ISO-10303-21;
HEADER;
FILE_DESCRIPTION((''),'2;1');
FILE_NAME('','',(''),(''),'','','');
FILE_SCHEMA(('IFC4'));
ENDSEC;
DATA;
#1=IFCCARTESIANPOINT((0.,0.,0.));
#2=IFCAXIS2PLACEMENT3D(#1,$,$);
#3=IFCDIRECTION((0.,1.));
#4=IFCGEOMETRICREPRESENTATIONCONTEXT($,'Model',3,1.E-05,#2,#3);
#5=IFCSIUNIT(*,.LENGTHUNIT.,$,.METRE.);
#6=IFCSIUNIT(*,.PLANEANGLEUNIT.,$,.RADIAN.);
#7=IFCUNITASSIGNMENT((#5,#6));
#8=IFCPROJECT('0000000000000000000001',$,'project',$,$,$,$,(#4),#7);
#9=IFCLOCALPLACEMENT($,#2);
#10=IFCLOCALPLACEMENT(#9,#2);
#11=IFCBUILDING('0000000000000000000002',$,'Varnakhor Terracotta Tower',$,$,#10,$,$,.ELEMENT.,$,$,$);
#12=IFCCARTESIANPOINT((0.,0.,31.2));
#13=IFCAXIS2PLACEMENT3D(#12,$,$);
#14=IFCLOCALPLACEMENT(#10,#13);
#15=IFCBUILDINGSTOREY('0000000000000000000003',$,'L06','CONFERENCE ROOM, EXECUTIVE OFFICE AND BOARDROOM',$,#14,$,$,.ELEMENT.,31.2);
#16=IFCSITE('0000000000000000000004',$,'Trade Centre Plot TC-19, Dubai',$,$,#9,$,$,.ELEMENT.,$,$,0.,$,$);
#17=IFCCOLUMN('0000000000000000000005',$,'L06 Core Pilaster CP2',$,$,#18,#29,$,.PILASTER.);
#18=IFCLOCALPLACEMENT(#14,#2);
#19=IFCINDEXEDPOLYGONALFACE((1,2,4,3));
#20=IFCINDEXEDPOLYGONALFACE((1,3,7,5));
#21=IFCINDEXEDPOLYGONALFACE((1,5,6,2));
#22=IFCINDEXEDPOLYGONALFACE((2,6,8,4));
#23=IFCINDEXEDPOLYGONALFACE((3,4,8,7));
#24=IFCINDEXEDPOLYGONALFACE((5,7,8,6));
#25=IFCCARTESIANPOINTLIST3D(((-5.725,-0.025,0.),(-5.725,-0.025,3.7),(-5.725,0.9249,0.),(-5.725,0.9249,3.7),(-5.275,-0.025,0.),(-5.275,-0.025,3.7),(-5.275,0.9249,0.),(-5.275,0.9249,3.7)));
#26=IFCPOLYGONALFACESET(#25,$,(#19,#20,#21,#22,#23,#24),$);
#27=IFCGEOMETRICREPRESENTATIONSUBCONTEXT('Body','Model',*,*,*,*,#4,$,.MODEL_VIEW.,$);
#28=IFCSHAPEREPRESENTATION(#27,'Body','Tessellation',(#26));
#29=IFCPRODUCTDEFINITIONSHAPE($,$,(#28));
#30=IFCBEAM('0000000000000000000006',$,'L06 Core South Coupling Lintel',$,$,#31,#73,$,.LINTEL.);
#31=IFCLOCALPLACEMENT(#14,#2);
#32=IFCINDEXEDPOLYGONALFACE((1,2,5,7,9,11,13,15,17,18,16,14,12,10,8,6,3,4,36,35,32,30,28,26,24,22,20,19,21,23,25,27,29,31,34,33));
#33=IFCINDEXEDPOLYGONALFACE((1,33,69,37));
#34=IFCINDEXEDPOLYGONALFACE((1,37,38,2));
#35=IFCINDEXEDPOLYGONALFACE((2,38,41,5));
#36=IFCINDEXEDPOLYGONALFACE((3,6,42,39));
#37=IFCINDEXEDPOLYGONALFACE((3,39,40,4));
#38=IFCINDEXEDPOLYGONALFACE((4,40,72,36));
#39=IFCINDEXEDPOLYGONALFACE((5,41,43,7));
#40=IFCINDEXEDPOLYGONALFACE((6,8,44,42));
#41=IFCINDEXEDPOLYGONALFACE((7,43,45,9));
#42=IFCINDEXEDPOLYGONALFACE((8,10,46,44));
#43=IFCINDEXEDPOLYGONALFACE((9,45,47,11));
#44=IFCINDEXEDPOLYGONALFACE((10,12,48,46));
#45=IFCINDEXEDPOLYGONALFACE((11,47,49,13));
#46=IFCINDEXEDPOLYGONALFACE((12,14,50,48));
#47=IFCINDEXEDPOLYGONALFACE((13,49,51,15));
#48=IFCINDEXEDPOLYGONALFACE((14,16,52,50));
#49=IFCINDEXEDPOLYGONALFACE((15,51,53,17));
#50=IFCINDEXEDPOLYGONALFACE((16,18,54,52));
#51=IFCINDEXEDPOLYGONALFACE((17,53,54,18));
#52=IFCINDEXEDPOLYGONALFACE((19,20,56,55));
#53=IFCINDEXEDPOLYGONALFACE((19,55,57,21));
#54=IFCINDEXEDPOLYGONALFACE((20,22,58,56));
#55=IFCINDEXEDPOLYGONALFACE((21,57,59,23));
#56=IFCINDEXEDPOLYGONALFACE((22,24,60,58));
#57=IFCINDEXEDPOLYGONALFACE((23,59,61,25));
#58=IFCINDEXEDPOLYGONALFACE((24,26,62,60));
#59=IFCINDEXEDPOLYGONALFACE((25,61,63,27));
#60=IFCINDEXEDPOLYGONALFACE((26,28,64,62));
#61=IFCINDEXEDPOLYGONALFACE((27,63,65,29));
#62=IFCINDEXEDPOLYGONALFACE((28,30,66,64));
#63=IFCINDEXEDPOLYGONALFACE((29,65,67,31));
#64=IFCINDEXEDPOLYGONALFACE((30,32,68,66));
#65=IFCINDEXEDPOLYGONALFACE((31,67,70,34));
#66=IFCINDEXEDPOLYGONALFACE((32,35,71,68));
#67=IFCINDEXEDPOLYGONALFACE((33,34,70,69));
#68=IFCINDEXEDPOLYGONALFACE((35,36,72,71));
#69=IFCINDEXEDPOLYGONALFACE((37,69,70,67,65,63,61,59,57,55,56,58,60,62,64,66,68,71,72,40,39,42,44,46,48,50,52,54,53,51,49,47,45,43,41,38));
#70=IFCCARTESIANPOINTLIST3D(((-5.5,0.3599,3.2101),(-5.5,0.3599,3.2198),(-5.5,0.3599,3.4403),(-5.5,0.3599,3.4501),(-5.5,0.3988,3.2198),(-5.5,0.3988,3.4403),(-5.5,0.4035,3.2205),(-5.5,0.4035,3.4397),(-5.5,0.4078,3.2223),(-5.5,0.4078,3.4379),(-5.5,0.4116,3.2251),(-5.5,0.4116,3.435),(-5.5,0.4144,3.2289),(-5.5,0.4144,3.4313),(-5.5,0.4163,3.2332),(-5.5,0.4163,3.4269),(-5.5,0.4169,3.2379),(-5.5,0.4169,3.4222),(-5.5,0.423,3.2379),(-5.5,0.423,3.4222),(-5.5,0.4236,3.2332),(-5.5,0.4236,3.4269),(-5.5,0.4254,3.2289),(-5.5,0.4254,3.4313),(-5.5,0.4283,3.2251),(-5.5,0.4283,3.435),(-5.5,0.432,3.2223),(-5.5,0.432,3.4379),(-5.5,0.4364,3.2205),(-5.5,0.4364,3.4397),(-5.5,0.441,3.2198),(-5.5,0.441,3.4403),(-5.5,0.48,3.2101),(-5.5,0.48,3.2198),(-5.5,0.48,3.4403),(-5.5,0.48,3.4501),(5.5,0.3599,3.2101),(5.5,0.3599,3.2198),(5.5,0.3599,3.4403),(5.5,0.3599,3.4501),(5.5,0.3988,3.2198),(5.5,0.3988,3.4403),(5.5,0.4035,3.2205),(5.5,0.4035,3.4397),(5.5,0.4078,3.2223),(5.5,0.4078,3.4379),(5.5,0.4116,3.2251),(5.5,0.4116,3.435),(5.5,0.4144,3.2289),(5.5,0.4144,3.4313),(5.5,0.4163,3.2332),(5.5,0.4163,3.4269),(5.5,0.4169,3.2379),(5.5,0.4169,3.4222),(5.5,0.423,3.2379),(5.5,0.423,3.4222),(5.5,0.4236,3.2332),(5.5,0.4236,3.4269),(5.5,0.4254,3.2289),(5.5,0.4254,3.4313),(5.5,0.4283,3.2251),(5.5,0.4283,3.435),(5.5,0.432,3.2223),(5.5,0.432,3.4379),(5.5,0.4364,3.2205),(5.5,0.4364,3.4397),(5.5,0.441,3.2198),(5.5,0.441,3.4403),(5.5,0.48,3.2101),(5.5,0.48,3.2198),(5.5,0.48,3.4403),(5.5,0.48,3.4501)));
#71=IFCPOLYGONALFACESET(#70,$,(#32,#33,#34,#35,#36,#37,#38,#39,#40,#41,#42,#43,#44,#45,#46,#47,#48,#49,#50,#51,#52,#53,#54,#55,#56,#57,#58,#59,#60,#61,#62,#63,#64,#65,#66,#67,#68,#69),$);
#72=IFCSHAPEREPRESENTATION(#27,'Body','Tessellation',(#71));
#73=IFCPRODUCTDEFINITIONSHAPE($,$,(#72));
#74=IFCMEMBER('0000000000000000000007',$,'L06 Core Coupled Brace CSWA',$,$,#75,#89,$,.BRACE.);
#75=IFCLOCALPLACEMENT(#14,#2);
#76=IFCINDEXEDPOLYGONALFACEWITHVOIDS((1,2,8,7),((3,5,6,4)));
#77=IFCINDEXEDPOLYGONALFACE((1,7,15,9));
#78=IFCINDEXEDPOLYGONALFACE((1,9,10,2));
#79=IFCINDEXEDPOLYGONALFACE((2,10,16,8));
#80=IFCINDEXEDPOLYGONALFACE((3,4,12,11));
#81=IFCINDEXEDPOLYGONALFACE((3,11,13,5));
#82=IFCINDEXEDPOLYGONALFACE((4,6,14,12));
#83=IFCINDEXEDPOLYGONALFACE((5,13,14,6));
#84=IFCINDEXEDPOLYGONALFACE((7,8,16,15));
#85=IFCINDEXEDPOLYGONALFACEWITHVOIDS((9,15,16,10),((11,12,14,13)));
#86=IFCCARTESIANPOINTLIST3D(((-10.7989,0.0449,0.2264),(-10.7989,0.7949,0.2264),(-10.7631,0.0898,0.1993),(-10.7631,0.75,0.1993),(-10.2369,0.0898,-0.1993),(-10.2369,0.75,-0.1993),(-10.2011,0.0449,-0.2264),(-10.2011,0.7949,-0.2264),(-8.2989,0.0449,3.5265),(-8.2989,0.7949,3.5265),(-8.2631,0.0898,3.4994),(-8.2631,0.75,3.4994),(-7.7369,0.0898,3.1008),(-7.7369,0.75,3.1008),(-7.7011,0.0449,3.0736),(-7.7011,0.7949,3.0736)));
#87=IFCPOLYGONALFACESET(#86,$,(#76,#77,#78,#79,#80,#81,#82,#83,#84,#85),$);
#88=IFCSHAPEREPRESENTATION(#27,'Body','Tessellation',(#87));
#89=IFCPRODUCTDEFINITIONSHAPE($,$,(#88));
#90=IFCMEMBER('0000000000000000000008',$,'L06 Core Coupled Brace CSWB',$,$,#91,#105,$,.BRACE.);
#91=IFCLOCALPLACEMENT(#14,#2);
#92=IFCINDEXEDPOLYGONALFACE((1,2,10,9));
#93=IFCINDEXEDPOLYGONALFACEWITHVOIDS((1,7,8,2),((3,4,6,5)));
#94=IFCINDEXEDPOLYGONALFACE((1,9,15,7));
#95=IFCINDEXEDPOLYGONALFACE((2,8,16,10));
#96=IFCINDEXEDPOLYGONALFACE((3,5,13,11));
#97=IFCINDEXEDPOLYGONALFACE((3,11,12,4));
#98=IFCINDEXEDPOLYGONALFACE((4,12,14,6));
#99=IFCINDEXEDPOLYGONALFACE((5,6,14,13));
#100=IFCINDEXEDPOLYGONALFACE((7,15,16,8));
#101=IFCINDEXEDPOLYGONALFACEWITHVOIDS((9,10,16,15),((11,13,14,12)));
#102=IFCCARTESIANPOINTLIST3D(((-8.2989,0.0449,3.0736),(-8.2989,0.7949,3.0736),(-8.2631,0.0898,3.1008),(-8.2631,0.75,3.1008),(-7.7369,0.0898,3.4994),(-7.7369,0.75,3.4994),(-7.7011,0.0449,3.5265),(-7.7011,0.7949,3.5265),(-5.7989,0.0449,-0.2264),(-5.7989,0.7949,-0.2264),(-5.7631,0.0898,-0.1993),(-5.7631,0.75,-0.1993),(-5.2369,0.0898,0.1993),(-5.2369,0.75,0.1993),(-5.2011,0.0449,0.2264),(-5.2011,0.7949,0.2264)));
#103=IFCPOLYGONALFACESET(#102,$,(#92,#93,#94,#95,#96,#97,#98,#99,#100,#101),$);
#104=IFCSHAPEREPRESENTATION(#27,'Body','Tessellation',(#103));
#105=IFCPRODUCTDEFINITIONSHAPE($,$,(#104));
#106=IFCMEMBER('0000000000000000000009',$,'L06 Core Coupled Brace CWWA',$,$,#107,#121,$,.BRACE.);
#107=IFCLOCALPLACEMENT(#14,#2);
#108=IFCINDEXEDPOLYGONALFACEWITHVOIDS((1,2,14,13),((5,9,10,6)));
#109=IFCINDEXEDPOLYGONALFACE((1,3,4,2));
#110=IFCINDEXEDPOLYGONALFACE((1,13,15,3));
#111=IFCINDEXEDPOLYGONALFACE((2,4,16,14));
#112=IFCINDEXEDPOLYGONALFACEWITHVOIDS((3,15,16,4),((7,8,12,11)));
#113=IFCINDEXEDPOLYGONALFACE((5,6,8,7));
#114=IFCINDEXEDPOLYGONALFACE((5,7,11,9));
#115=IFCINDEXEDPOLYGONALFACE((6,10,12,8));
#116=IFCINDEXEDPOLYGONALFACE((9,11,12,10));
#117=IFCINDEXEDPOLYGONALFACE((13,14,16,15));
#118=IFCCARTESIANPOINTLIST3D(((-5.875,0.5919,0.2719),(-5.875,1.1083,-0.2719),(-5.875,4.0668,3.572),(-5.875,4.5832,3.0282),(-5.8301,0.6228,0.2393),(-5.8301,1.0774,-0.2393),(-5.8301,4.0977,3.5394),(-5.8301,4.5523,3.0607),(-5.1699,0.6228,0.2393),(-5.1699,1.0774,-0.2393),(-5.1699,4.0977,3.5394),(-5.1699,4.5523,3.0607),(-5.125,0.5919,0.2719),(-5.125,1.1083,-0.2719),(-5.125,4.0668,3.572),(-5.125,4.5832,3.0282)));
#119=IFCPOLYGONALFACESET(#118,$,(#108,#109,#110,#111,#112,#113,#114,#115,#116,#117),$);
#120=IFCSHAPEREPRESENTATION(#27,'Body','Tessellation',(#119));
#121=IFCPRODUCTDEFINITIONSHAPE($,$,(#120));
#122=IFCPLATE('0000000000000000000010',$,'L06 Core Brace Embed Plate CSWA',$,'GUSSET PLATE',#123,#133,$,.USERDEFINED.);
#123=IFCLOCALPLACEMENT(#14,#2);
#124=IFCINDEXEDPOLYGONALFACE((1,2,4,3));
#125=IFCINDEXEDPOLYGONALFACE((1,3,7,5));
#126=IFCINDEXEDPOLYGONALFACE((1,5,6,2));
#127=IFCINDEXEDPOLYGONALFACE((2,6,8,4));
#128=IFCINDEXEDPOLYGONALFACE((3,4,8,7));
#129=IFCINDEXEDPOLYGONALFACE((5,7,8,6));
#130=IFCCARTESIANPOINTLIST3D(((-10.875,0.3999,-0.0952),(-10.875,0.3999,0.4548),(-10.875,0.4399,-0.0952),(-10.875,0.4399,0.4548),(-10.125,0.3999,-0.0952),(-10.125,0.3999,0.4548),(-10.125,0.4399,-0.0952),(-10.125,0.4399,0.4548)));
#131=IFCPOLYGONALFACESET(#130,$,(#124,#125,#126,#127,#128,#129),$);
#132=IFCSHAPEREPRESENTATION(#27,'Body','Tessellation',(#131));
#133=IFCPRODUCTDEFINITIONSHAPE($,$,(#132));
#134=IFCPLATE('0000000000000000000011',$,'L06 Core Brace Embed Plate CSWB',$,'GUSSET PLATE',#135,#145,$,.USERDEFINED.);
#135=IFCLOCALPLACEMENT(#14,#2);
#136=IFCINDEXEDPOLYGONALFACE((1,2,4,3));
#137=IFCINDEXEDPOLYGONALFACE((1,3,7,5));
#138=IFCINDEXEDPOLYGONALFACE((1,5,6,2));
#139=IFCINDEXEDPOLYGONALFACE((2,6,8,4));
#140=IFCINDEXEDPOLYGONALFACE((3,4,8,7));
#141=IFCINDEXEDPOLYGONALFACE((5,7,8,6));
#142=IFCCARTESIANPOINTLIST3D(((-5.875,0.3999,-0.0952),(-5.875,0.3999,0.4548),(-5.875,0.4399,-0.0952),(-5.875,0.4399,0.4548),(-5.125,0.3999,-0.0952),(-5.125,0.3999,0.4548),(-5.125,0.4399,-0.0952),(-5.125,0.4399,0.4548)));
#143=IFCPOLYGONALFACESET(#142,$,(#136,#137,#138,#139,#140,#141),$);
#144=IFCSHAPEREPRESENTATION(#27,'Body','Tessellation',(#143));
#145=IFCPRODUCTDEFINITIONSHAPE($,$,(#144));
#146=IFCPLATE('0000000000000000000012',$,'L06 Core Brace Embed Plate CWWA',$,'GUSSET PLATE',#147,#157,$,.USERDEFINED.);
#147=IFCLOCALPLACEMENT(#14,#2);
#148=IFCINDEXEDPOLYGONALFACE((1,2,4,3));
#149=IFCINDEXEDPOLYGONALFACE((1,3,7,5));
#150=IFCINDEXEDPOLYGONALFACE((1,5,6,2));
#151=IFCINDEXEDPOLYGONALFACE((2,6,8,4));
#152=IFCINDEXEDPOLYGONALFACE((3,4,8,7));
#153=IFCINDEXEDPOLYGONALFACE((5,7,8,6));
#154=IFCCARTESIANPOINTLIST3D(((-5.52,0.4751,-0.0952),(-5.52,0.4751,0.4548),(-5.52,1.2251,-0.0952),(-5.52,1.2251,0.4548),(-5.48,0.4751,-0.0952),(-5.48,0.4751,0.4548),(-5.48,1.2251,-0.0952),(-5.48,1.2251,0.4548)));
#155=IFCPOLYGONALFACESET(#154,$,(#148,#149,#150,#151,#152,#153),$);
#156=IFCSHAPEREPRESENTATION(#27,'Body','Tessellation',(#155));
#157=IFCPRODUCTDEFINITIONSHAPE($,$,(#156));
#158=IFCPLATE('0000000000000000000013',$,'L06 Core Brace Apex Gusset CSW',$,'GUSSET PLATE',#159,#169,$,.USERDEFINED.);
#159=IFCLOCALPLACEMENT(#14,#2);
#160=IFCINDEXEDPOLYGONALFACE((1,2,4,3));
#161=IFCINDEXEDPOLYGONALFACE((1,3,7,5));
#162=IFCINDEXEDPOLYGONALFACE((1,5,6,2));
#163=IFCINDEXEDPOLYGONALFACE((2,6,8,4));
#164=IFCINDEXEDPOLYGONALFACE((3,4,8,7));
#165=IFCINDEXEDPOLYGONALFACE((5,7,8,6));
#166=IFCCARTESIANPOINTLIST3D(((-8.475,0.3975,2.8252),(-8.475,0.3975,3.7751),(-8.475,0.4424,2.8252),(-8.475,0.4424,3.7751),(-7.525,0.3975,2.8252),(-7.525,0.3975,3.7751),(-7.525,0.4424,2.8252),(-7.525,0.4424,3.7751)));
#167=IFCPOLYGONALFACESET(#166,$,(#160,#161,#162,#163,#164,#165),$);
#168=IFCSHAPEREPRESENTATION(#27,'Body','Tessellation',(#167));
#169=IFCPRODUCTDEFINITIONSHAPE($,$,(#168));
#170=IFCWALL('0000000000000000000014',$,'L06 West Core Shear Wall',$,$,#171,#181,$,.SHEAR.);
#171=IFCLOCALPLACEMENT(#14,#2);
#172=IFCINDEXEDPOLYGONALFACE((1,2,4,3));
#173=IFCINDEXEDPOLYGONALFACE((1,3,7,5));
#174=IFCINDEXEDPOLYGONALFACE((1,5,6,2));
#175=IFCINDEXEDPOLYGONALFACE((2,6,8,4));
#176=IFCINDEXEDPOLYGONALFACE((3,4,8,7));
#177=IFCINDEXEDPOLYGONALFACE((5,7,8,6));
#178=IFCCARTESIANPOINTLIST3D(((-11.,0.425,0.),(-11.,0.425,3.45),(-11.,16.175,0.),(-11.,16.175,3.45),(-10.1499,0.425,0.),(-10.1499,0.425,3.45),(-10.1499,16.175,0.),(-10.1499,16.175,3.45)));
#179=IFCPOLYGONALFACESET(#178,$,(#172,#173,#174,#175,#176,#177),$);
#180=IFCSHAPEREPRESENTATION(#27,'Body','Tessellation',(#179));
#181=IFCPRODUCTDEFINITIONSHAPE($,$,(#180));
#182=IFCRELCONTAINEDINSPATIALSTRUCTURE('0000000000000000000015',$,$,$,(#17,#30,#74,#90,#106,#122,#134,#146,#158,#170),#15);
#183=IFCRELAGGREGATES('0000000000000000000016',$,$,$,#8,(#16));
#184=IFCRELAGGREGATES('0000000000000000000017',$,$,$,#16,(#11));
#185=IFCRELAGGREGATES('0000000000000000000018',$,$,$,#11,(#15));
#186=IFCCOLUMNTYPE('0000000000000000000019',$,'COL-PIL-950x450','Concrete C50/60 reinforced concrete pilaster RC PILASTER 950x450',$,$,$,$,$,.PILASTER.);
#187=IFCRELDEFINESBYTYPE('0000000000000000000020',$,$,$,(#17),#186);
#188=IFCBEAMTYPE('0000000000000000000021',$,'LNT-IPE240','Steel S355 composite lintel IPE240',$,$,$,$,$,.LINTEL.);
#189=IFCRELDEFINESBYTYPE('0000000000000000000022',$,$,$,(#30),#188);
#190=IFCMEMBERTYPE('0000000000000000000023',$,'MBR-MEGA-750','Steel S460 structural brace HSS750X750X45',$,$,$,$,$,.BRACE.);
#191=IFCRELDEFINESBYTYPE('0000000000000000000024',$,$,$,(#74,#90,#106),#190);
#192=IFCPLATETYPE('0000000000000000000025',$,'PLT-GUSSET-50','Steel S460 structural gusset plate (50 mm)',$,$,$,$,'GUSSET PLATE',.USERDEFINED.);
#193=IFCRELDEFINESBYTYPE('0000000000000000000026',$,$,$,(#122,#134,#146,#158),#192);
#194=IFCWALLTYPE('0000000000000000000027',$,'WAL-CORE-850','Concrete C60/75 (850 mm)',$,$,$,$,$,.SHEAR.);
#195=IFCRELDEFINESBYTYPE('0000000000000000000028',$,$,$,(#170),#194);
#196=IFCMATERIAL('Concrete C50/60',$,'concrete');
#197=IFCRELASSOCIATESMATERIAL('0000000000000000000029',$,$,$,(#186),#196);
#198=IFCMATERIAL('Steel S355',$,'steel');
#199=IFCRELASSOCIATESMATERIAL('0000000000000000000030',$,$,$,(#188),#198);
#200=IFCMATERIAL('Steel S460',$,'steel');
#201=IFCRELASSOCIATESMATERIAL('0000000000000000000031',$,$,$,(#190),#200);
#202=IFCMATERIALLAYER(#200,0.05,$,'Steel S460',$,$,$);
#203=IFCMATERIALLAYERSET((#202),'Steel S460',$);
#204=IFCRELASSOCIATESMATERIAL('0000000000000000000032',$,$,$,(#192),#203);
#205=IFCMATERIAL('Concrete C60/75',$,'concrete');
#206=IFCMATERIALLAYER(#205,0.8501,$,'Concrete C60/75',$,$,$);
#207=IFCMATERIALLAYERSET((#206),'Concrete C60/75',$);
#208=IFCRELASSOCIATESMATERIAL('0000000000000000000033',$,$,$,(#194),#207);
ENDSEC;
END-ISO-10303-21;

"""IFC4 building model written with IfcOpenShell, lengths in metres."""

from ifc_helpers import new_model, si_unit, direction, frame, frame_2d, origin, origin_2d, place, context, subcontext, project, spatial, rectangle, hollow_rectangle, i_section, extrude, source, transform, mapped, material, layer, layer_set, material_profile, profile_set, type_object, type_shapes, element, save


model = new_model("IFC4")

# Units and contexts
model_context = context("Model", 3, precision=1e-05, world=origin(), true_north=direction((0.0, 1.0)))
body_context = subcontext(model_context, "Body", "Model", "MODEL_VIEW")
ifc_project = project(units=[si_unit("LENGTHUNIT", "METRE"), si_unit("PLANEANGLEUNIT", "RADIAN")], contexts=[model_context])

# Site, building, storey
site_placement = place(None, origin())
site = spatial("IfcSite", under=ifc_project, at=site_placement, Name="Trade Centre Plot TC-19, Dubai", CompositionType="ELEMENT", RefElevation=0.0)
building_placement = place(site_placement, origin())
building = spatial("IfcBuilding", under=site, at=building_placement, Name="Varnakhor Terracotta Tower", CompositionType="ELEMENT")
storey_placement = place(building_placement, frame((0.0, 0.0, 31.2)))
storey = spatial("IfcBuildingStorey", under=building, at=storey_placement, Name="L06", Description="CONFERENCE ROOM, EXECUTIVE OFFICE AND BOARDROOM", CompositionType="ELEMENT", Elevation=31.2)

# Column
ifc_material_1 = material(Name="Concrete C50/60", Category="concrete")
ifc_material_profile_1 = material_profile(ifc_material_1, rectangle(XDim=0.45, YDim=0.95, at=origin_2d()), Name="RC PILASTER 950x450")
ifc_profile_set_1 = profile_set([ifc_material_profile_1], Name="Concrete C50/60")
column_type = type_object("IfcColumnType", Name="COL-PIL-950x450", Description="Concrete C50/60 reinforced concrete pilaster RC PILASTER 950x450", PredefinedType="PILASTER", material=ifc_profile_set_1)
shared_shape_1 = source(origin(), body_context, "Body", "SweptSolid", [
    extrude(rectangle(XDim=0.45, YDim=0.95, at=origin_2d()), origin(), (0.0, 0.0, 1.0), 3.7),
])
column_placement = place(storey_placement, frame((-5.5, 0.45, 0.0), z_axis=(0.0, 0.0, 1.0), x_axis=(1.0, 0.0, 0.0)))
element("IfcColumn", 1, at=column_placement, inside=storey, type_object=column_type, Name="L06 Core Pilaster CP2", PredefinedType="PILASTER", context=body_context, shape_type="MappedRepresentation", body=[
    mapped(shared_shape_1, transform((0.0, 0.0, 0.0), scale=1.0)),
])

# Beam
ifc_material_2 = material(Name="Steel S355", Category="steel")
ifc_material_profile_2 = material_profile(ifc_material_2, i_section(OverallWidth=0.1201, OverallDepth=0.24, WebThickness=0.0061, FlangeThickness=0.0098, FilletRadius=0.0181, at=origin_2d()), Name="IPE240")
ifc_profile_set_2 = profile_set([ifc_material_profile_2], Name="Steel S355")
beam_type = type_object("IfcBeamType", Name="LNT-IPE240", Description="Steel S355 composite lintel IPE240", PredefinedType="LINTEL", material=ifc_profile_set_2)
shared_shape_2 = source(origin(), body_context, "Body", "SweptSolid", [
    extrude(i_section(OverallWidth=0.1201, OverallDepth=0.24, WebThickness=0.0061, FlangeThickness=0.0098, FilletRadius=0.0181, at=origin_2d()), origin(), (0.0, 0.0, 1.0), 11.0),
])
type_shapes(beam_type, [shared_shape_2])
beam_placement = place(storey_placement, frame((-5.5, 0.4199, 3.3301), z_axis=(1.0, 0.0, 0.0), x_axis=(0.0, 1.0, 0.0)))
element("IfcBeam", 2, at=beam_placement, inside=storey, type_object=beam_type, Name="L06 Core South Coupling Lintel", PredefinedType="LINTEL", context=body_context, shape_type="MappedRepresentation", body=[
    mapped(shared_shape_2, transform((0.0, 0.0, 0.0), scale=1.0)),
])

# Members
ifc_material_3 = material(Name="Steel S460", Category="steel")
ifc_material_profile_3 = material_profile(ifc_material_3, hollow_rectangle(XDim=0.75, YDim=0.75, WallThickness=0.0449, at=origin_2d()), Name="HSS750X750X45")
ifc_profile_set_3 = profile_set([ifc_material_profile_3], Name="Steel S460")
member_type = type_object("IfcMemberType", Name="MBR-MEGA-750", Description="Steel S460 structural brace HSS750X750X45", PredefinedType="BRACE", material=ifc_profile_set_3)
shared_shape_3 = source(origin(), body_context, "Body", "SweptSolid", [
    extrude(hollow_rectangle(XDim=0.75, YDim=0.75, WallThickness=0.0449, at=origin_2d()), origin(), (0.0, 0.0, 1.0), 4.1401),
])
type_shapes(member_type, [shared_shape_3])
for number, where, z_axis, x_axis, name in (
    (3, (-10.5, 0.4199, 0.0), (0.603852, 0.0, 0.797096), (0.0, 1.0, 0.0), "L06 Core Coupled Brace CSWA"),
    (4, (-5.5, 0.4199, 0.0), (-0.603852, 0.0, 0.797096), (0.0, -1.0, 0.0), "L06 Core Coupled Brace CSWB"),
):
    element("IfcMember", number, at=place(storey_placement, frame(where, z_axis=z_axis, x_axis=x_axis)), inside=storey, type_object=member_type, Name=name, PredefinedType="BRACE", context=body_context, shape_type="MappedRepresentation", body=[
        mapped(shared_shape_3, transform((0.0, 0.0, 0.0), scale=1.0)),
    ])
shared_shape_4 = source(origin(), body_context, "Body", "SweptSolid", [
    extrude(hollow_rectangle(XDim=0.75, YDim=0.75, WallThickness=0.0449, at=origin_2d()), origin(), (0.0, 0.0, 1.0), 4.7922),
])
member_placement = place(storey_placement, frame((-5.5, 0.8501, 0.0), z_axis=(0.0, 0.72511, 0.688633), x_axis=(-1.0, 0.0, 0.0)))
element("IfcMember", 5, at=member_placement, inside=storey, type_object=member_type, Name="L06 Core Coupled Brace CWWA", PredefinedType="BRACE", context=body_context, shape_type="MappedRepresentation", body=[
    mapped(shared_shape_4, transform((0.0, 0.0, 0.0), scale=1.0)),
])

# Plates
ifc_layer_1 = layer(ifc_material_3, 0.05, Name="Steel S460")
ifc_layer_set_1 = layer_set([ifc_layer_1], Name="Steel S460")
plate_type = type_object("IfcPlateType", Name="PLT-GUSSET-50", Description="Steel S460 structural gusset plate (50 mm)", ElementType="GUSSET PLATE", PredefinedType="USERDEFINED", material=ifc_layer_set_1)
shared_shape_5 = source(origin(), body_context, "Body", "SweptSolid", [
    extrude(rectangle(XDim=0.75, YDim=0.04, at=origin_2d()), origin(), (0.0, 0.0, 1.0), 0.55),
])
type_shapes(plate_type, [shared_shape_5])
for number, where, z_axis, x_axis, name in (
    (6, (-10.5, 0.4199, -0.0952), (0.0, 0.0, 1.0), (1.0, 0.0, 0.0), "L06 Core Brace Embed Plate CSWA"),
    (7, (-5.5, 0.4199, -0.0952), (0.0, 0.0, 1.0), (1.0, 0.0, 0.0), "L06 Core Brace Embed Plate CSWB"),
    (8, (-5.5, 0.8501, -0.0952), (0.0, 0.0, 1.0), (0.0, 1.0, 0.0), "L06 Core Brace Embed Plate CWWA"),
):
    element("IfcPlate", number, at=place(storey_placement, frame(where, z_axis=z_axis, x_axis=x_axis)), inside=storey, type_object=plate_type, Name=name, ObjectType="GUSSET PLATE", PredefinedType="USERDEFINED", context=body_context, shape_type="MappedRepresentation", body=[
        mapped(shared_shape_5, transform((0.0, 0.0, 0.0), scale=1.0)),
    ])
shared_shape_6 = source(origin(), body_context, "Body", "SweptSolid", [
    extrude(rectangle(XDim=0.95, YDim=0.0449, at=origin_2d()), origin(), (0.0, 0.0, 1.0), 0.95),
])
plate_placement = place(storey_placement, frame((-8.0, 0.4199, 2.8252), z_axis=(0.0, 0.0, 1.0), x_axis=(1.0, 0.0, 0.0)))
element("IfcPlate", 9, at=plate_placement, inside=storey, type_object=plate_type, Name="L06 Core Brace Apex Gusset CSW", ObjectType="GUSSET PLATE", PredefinedType="USERDEFINED", context=body_context, shape_type="MappedRepresentation", body=[
    mapped(shared_shape_6, transform((0.0, 0.0, 0.0), scale=1.0)),
])

# Wall
ifc_material_4 = material(Name="Concrete C60/75", Category="concrete")
ifc_layer_2 = layer(ifc_material_4, 0.8501, Name="Concrete C60/75")
ifc_layer_set_2 = layer_set([ifc_layer_2], Name="Concrete C60/75")
wall_type_1 = type_object("IfcWallType", Name="WAL-CORE-850", Description="Concrete C60/75 (850 mm)", PredefinedType="SHEAR", material=ifc_layer_set_2)
wall_1_placement = place(storey_placement, frame((-10.575, 0.425, 0.0), z_axis=(0.0, 0.0, 1.0), x_axis=(0.0, 1.0, 0.0)))
element("IfcWall", 10, at=wall_1_placement, inside=storey, type_object=wall_type_1, Name="L06 West Core Shear Wall", PredefinedType="SHEAR", context=body_context, shape_type="SweptSolid", body=[
    extrude(rectangle(XDim=15.75, YDim=0.8501, at=frame_2d((7.875, 0.0))), origin(), (0.0, 0.0, 1.0), 3.45),
])

save(model, "model.ifc")
